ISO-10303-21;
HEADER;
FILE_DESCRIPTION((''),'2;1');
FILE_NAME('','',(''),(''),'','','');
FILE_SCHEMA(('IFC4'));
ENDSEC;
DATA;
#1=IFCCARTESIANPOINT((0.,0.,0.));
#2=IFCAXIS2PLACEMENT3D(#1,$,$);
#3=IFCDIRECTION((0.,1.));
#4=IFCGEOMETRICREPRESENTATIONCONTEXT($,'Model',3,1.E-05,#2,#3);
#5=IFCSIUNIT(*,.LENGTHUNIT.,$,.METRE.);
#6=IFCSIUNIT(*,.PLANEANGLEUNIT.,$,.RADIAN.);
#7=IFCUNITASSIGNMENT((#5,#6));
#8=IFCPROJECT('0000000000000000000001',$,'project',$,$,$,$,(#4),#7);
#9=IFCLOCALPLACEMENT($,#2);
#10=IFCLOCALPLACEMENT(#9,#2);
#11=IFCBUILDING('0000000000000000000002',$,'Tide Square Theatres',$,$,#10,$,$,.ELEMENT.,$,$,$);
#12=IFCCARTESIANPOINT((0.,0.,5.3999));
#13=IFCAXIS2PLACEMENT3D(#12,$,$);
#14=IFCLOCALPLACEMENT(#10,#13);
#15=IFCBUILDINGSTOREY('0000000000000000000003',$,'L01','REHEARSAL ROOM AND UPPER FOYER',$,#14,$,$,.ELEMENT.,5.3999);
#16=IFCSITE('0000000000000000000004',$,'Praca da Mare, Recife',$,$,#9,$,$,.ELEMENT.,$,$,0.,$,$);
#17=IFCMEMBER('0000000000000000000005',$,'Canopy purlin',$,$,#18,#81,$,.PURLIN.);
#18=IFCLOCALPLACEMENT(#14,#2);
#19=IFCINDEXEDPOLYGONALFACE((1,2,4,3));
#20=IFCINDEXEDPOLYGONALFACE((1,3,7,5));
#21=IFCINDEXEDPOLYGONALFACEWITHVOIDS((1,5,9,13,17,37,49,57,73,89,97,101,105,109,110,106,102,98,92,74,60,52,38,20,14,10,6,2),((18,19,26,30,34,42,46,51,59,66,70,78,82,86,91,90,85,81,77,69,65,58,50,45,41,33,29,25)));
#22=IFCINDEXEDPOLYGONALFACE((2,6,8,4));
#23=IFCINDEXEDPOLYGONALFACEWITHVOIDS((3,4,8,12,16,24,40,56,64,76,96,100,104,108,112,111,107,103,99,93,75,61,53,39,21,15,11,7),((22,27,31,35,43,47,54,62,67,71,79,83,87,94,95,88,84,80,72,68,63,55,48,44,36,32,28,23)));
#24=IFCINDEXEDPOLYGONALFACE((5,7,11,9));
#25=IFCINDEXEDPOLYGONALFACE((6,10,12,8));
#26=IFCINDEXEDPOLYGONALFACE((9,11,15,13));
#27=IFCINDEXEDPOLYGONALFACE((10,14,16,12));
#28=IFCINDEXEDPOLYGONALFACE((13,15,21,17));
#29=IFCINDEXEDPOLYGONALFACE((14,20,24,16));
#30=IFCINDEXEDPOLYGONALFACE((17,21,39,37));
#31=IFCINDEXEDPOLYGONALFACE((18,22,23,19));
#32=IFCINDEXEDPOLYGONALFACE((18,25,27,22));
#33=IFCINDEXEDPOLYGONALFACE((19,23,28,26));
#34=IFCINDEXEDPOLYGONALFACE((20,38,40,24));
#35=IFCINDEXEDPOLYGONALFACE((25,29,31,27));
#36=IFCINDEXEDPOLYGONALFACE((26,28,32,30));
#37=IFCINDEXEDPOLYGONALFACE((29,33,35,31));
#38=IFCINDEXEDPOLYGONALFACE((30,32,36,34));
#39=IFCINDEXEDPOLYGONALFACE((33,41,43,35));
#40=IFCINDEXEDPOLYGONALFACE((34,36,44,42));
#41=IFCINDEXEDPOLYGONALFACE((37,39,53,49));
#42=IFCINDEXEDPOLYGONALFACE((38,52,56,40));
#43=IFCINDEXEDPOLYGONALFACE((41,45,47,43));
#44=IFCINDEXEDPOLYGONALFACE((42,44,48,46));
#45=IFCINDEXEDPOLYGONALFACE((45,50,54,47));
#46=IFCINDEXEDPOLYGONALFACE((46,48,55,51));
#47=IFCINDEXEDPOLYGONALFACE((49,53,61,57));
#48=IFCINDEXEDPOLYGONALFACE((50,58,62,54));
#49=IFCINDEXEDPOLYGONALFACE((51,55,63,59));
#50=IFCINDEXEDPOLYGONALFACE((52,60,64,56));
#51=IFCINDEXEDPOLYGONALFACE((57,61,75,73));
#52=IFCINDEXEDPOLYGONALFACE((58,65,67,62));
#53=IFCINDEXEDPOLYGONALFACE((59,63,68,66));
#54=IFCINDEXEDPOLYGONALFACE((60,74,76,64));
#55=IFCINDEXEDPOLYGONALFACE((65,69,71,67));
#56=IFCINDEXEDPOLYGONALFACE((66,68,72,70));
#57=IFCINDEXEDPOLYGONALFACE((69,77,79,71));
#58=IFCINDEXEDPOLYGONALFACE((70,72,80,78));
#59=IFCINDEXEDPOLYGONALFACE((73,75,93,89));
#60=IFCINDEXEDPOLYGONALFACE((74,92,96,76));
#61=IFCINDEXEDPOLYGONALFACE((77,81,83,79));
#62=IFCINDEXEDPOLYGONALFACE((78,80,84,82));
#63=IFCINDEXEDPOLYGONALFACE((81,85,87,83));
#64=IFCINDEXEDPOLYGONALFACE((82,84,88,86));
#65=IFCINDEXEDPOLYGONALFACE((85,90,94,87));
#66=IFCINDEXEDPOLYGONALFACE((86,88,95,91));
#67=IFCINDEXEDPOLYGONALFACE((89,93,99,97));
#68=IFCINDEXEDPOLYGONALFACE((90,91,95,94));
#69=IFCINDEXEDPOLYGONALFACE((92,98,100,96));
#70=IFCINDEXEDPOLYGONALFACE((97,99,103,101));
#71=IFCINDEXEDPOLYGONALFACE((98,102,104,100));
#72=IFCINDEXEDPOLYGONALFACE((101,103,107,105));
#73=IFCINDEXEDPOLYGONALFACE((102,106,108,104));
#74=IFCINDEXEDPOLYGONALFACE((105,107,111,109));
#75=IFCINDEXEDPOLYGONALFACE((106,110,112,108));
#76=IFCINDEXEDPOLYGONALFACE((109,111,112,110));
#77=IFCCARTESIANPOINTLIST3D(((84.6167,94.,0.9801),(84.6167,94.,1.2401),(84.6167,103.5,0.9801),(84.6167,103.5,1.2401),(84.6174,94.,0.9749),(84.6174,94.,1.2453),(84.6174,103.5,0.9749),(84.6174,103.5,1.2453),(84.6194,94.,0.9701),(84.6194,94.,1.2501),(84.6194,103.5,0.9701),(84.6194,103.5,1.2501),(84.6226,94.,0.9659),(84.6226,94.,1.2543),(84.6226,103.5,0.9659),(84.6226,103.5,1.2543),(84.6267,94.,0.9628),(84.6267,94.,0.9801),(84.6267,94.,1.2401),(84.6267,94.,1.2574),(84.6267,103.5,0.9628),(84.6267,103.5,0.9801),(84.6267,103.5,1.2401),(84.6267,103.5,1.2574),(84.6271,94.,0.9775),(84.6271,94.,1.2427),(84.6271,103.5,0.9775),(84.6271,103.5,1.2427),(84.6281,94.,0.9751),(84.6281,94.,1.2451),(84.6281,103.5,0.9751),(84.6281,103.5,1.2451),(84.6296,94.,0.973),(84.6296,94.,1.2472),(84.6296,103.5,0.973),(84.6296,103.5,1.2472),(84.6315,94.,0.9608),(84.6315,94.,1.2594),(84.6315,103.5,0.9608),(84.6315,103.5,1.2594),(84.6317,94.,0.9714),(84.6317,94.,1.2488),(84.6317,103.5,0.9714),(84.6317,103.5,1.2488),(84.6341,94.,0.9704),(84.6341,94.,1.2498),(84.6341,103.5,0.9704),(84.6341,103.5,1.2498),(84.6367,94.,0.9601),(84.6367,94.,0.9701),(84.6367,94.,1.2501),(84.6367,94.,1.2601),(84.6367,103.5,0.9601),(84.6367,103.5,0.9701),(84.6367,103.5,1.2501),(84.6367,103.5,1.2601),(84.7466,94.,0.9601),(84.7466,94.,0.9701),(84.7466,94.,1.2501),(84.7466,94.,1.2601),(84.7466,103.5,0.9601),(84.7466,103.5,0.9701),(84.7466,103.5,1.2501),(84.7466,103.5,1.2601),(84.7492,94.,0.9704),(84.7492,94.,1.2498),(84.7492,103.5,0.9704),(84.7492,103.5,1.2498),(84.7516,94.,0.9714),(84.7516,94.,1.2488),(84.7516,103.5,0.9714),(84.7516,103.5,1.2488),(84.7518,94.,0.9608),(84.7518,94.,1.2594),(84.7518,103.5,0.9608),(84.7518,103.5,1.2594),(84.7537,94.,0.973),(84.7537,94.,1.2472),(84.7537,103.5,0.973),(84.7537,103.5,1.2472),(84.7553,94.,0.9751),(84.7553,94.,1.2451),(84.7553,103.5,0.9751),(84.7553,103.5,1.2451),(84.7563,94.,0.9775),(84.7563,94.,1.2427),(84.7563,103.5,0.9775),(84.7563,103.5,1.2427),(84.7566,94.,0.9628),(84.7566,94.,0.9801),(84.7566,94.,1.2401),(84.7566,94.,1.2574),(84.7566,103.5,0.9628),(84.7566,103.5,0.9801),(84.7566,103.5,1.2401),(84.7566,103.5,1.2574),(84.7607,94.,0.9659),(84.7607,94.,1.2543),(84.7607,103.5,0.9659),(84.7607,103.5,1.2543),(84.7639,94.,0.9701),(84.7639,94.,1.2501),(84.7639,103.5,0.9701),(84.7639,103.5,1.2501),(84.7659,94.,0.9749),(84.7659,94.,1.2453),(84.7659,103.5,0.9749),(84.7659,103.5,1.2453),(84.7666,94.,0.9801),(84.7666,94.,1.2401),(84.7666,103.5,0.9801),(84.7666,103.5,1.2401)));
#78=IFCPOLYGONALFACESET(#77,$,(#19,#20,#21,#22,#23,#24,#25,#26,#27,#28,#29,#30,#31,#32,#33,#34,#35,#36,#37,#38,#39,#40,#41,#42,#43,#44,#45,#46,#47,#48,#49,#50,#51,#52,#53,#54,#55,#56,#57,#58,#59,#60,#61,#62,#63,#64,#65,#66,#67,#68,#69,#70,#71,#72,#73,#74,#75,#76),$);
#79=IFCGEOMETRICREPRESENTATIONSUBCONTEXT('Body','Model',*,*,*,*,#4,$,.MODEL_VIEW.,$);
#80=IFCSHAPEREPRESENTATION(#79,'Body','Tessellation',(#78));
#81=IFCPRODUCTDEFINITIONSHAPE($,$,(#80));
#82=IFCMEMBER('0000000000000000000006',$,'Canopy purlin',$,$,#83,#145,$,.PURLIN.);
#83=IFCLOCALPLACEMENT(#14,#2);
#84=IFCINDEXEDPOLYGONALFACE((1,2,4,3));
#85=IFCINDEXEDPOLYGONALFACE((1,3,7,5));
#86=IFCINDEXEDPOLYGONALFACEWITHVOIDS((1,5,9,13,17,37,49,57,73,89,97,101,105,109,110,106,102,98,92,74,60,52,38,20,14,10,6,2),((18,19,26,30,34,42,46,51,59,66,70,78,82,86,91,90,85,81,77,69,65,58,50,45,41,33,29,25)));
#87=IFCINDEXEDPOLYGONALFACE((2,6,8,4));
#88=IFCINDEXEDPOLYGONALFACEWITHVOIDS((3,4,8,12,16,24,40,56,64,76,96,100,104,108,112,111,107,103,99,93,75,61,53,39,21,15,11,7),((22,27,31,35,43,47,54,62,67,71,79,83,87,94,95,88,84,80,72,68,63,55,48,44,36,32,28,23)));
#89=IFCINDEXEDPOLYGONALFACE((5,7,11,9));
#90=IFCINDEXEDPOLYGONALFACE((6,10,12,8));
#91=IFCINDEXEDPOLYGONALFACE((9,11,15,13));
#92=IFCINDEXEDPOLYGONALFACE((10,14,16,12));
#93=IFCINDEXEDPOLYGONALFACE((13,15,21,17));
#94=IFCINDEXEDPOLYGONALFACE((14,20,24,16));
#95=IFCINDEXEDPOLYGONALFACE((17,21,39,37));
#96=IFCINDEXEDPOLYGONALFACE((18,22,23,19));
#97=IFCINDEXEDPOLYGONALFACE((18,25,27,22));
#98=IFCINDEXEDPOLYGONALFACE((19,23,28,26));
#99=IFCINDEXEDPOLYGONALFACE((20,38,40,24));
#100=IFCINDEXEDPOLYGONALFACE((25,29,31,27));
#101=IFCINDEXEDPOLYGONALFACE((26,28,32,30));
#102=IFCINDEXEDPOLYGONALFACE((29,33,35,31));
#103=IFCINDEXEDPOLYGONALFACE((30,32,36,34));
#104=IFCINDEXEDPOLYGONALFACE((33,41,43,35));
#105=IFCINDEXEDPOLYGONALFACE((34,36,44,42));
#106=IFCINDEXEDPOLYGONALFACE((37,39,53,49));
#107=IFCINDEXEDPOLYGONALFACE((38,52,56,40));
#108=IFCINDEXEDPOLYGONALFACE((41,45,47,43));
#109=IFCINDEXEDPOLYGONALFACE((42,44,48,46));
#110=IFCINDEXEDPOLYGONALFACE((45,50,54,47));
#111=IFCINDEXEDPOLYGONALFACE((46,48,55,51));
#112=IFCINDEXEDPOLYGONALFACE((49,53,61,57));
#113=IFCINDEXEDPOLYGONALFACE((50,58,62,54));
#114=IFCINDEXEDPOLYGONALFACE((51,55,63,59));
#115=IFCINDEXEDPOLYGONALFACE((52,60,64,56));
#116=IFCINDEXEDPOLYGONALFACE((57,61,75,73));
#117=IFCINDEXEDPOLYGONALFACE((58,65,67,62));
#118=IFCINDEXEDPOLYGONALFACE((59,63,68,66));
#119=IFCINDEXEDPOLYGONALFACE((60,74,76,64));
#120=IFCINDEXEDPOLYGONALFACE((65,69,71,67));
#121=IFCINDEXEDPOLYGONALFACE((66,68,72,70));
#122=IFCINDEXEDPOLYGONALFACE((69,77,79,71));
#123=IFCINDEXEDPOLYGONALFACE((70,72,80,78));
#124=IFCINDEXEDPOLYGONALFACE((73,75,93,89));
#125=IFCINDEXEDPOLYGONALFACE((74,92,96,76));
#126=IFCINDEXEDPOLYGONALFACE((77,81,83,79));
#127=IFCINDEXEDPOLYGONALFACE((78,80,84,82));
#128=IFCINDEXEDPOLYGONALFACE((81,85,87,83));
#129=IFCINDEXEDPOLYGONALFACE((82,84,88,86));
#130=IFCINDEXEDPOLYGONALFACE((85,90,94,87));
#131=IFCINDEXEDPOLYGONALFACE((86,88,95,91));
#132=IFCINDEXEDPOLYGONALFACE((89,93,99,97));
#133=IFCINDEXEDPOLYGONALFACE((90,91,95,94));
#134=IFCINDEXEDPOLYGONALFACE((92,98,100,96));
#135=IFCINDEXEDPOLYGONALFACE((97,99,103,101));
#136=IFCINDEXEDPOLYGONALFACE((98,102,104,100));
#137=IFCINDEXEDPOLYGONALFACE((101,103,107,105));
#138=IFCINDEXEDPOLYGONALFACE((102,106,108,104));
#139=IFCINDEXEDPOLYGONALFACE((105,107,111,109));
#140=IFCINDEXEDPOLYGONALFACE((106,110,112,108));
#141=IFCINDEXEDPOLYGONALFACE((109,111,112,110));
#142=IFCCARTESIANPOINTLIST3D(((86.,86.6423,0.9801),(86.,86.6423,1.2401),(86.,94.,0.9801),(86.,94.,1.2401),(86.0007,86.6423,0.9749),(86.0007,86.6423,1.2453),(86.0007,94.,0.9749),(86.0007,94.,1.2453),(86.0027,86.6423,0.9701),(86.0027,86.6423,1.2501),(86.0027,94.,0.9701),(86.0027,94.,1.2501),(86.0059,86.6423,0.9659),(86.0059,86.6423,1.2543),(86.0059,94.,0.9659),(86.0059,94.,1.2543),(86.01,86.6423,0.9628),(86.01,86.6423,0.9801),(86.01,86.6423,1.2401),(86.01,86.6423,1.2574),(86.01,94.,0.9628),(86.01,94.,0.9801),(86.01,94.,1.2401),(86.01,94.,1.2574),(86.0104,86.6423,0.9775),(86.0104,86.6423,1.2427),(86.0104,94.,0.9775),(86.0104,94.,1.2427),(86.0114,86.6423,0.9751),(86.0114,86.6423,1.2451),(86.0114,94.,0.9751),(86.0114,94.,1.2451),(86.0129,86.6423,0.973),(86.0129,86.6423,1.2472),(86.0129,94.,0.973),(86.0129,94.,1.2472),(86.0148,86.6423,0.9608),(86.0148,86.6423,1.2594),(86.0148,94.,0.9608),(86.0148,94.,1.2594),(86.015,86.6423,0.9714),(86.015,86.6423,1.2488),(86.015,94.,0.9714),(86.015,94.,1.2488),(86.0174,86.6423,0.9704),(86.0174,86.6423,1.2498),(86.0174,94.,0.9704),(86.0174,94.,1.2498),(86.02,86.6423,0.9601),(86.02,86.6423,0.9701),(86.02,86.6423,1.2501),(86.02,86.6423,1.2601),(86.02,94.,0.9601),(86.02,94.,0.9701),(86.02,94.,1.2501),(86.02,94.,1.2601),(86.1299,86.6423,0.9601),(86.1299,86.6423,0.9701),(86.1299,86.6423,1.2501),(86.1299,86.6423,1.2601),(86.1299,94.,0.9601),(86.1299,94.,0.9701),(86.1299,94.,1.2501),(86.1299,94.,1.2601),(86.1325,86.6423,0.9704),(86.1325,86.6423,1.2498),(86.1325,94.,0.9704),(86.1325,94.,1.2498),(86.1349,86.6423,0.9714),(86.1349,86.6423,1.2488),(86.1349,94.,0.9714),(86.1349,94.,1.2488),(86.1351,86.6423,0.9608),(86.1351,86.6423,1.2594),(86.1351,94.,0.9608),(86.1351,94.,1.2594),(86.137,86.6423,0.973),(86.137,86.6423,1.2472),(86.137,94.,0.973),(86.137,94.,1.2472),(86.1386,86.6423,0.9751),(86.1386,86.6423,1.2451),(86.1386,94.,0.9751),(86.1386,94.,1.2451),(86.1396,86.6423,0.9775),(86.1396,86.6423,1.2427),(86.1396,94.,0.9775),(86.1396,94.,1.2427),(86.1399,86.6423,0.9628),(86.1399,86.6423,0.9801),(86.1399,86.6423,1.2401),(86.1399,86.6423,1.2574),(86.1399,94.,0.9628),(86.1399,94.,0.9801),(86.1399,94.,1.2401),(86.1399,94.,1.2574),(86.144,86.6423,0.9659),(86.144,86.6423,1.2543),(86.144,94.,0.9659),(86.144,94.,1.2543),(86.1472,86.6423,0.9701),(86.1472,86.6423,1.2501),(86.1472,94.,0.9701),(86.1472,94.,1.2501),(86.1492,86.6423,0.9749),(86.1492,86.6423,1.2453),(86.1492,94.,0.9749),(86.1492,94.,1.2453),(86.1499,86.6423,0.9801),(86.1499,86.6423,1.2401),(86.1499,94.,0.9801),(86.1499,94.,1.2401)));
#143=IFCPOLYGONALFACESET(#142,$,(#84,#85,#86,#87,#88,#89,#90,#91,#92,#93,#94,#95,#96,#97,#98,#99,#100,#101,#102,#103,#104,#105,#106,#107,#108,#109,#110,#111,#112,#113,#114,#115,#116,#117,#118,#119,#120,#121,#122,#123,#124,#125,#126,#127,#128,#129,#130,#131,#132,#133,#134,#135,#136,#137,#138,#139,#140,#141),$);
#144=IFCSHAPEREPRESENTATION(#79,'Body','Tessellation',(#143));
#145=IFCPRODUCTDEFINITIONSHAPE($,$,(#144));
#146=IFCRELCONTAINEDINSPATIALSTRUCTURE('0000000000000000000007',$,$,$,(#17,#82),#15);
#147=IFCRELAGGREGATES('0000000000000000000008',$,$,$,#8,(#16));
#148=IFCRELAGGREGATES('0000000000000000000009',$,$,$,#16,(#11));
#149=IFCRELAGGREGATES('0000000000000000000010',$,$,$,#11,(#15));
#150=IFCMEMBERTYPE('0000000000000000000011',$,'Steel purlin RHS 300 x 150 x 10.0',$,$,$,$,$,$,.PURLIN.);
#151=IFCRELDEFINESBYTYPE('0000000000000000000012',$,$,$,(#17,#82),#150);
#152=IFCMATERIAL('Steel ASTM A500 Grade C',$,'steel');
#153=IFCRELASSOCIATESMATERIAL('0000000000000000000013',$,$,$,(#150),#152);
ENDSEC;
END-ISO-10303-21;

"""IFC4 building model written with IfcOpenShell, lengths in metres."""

from ifc_helpers import new_model, si_unit, direction, frame, origin, origin_2d, place, context, subcontext, project, spatial, hollow_rectangle, extrude, material, material_profile, profile_set, type_object, element, save


model = new_model("IFC4")

# Units and contexts
model_context = context("Model", 3, precision=1e-05, world=origin(), true_north=direction((0.0, 1.0)))
body_context = subcontext(model_context, "Body", "Model", "MODEL_VIEW")
ifc_project = project(units=[si_unit("LENGTHUNIT", "METRE"), si_unit("PLANEANGLEUNIT", "RADIAN")], contexts=[model_context])

# Site, building, storey
site_placement = place(None, origin())
site = spatial("IfcSite", under=ifc_project, at=site_placement, Name="Praca da Mare, Recife", CompositionType="ELEMENT", RefElevation=0.0)
building_placement = place(site_placement, origin())
building = spatial("IfcBuilding", under=site, at=building_placement, Name="Tide Square Theatres", CompositionType="ELEMENT")
storey_placement = place(building_placement, frame((0.0, 0.0, 5.3999)))
storey = spatial("IfcBuildingStorey", under=building, at=storey_placement, Name="L01", Description="REHEARSAL ROOM AND UPPER FOYER", CompositionType="ELEMENT", Elevation=5.3999)

# Members
ifc_material_1 = material(Name="Steel ASTM A500 Grade C", Category="steel")
ifc_material_profile_1 = material_profile(ifc_material_1, hollow_rectangle(XDim=0.1499, YDim=0.3, WallThickness=0.01, InnerFilletRadius=0.01, OuterFilletRadius=0.02, at=origin_2d()))
ifc_profile_set_1 = profile_set([ifc_material_profile_1], Name="Steel ASTM A500 Grade C")
member_type = type_object("IfcMemberType", Name="Steel purlin RHS 300 x 150 x 10.0", PredefinedType="PURLIN", material=ifc_profile_set_1)
member_1_placement = place(storey_placement, frame((84.6917, 94.0, 1.1101), z_axis=(0.0, 1.0, 0.0), x_axis=(-1.0, 0.0, 0.0)))
element("IfcMember", 1, at=member_1_placement, inside=storey, type_object=member_type, Name="Canopy purlin", PredefinedType="PURLIN", context=body_context, shape_type="SweptSolid", body=[
    extrude(hollow_rectangle(XDim=0.1499, YDim=0.3, WallThickness=0.01, InnerFilletRadius=0.01, OuterFilletRadius=0.02, at=origin_2d()), origin(), (0.0, 0.0, 1.0), 9.5),
])
member_2_placement = place(storey_placement, frame((86.075, 86.6423, 1.1101), z_axis=(0.0, 1.0, 0.0), x_axis=(-1.0, 0.0, 0.0)))
element("IfcMember", 2, at=member_2_placement, inside=storey, type_object=member_type, Name="Canopy purlin", PredefinedType="PURLIN", context=body_context, shape_type="SweptSolid", body=[
    extrude(hollow_rectangle(XDim=0.1499, YDim=0.3, WallThickness=0.01, InnerFilletRadius=0.01, OuterFilletRadius=0.02, at=origin_2d()), origin(), (0.0, 0.0, 1.0), 7.3577),
])

save(model, "model.ifc")
